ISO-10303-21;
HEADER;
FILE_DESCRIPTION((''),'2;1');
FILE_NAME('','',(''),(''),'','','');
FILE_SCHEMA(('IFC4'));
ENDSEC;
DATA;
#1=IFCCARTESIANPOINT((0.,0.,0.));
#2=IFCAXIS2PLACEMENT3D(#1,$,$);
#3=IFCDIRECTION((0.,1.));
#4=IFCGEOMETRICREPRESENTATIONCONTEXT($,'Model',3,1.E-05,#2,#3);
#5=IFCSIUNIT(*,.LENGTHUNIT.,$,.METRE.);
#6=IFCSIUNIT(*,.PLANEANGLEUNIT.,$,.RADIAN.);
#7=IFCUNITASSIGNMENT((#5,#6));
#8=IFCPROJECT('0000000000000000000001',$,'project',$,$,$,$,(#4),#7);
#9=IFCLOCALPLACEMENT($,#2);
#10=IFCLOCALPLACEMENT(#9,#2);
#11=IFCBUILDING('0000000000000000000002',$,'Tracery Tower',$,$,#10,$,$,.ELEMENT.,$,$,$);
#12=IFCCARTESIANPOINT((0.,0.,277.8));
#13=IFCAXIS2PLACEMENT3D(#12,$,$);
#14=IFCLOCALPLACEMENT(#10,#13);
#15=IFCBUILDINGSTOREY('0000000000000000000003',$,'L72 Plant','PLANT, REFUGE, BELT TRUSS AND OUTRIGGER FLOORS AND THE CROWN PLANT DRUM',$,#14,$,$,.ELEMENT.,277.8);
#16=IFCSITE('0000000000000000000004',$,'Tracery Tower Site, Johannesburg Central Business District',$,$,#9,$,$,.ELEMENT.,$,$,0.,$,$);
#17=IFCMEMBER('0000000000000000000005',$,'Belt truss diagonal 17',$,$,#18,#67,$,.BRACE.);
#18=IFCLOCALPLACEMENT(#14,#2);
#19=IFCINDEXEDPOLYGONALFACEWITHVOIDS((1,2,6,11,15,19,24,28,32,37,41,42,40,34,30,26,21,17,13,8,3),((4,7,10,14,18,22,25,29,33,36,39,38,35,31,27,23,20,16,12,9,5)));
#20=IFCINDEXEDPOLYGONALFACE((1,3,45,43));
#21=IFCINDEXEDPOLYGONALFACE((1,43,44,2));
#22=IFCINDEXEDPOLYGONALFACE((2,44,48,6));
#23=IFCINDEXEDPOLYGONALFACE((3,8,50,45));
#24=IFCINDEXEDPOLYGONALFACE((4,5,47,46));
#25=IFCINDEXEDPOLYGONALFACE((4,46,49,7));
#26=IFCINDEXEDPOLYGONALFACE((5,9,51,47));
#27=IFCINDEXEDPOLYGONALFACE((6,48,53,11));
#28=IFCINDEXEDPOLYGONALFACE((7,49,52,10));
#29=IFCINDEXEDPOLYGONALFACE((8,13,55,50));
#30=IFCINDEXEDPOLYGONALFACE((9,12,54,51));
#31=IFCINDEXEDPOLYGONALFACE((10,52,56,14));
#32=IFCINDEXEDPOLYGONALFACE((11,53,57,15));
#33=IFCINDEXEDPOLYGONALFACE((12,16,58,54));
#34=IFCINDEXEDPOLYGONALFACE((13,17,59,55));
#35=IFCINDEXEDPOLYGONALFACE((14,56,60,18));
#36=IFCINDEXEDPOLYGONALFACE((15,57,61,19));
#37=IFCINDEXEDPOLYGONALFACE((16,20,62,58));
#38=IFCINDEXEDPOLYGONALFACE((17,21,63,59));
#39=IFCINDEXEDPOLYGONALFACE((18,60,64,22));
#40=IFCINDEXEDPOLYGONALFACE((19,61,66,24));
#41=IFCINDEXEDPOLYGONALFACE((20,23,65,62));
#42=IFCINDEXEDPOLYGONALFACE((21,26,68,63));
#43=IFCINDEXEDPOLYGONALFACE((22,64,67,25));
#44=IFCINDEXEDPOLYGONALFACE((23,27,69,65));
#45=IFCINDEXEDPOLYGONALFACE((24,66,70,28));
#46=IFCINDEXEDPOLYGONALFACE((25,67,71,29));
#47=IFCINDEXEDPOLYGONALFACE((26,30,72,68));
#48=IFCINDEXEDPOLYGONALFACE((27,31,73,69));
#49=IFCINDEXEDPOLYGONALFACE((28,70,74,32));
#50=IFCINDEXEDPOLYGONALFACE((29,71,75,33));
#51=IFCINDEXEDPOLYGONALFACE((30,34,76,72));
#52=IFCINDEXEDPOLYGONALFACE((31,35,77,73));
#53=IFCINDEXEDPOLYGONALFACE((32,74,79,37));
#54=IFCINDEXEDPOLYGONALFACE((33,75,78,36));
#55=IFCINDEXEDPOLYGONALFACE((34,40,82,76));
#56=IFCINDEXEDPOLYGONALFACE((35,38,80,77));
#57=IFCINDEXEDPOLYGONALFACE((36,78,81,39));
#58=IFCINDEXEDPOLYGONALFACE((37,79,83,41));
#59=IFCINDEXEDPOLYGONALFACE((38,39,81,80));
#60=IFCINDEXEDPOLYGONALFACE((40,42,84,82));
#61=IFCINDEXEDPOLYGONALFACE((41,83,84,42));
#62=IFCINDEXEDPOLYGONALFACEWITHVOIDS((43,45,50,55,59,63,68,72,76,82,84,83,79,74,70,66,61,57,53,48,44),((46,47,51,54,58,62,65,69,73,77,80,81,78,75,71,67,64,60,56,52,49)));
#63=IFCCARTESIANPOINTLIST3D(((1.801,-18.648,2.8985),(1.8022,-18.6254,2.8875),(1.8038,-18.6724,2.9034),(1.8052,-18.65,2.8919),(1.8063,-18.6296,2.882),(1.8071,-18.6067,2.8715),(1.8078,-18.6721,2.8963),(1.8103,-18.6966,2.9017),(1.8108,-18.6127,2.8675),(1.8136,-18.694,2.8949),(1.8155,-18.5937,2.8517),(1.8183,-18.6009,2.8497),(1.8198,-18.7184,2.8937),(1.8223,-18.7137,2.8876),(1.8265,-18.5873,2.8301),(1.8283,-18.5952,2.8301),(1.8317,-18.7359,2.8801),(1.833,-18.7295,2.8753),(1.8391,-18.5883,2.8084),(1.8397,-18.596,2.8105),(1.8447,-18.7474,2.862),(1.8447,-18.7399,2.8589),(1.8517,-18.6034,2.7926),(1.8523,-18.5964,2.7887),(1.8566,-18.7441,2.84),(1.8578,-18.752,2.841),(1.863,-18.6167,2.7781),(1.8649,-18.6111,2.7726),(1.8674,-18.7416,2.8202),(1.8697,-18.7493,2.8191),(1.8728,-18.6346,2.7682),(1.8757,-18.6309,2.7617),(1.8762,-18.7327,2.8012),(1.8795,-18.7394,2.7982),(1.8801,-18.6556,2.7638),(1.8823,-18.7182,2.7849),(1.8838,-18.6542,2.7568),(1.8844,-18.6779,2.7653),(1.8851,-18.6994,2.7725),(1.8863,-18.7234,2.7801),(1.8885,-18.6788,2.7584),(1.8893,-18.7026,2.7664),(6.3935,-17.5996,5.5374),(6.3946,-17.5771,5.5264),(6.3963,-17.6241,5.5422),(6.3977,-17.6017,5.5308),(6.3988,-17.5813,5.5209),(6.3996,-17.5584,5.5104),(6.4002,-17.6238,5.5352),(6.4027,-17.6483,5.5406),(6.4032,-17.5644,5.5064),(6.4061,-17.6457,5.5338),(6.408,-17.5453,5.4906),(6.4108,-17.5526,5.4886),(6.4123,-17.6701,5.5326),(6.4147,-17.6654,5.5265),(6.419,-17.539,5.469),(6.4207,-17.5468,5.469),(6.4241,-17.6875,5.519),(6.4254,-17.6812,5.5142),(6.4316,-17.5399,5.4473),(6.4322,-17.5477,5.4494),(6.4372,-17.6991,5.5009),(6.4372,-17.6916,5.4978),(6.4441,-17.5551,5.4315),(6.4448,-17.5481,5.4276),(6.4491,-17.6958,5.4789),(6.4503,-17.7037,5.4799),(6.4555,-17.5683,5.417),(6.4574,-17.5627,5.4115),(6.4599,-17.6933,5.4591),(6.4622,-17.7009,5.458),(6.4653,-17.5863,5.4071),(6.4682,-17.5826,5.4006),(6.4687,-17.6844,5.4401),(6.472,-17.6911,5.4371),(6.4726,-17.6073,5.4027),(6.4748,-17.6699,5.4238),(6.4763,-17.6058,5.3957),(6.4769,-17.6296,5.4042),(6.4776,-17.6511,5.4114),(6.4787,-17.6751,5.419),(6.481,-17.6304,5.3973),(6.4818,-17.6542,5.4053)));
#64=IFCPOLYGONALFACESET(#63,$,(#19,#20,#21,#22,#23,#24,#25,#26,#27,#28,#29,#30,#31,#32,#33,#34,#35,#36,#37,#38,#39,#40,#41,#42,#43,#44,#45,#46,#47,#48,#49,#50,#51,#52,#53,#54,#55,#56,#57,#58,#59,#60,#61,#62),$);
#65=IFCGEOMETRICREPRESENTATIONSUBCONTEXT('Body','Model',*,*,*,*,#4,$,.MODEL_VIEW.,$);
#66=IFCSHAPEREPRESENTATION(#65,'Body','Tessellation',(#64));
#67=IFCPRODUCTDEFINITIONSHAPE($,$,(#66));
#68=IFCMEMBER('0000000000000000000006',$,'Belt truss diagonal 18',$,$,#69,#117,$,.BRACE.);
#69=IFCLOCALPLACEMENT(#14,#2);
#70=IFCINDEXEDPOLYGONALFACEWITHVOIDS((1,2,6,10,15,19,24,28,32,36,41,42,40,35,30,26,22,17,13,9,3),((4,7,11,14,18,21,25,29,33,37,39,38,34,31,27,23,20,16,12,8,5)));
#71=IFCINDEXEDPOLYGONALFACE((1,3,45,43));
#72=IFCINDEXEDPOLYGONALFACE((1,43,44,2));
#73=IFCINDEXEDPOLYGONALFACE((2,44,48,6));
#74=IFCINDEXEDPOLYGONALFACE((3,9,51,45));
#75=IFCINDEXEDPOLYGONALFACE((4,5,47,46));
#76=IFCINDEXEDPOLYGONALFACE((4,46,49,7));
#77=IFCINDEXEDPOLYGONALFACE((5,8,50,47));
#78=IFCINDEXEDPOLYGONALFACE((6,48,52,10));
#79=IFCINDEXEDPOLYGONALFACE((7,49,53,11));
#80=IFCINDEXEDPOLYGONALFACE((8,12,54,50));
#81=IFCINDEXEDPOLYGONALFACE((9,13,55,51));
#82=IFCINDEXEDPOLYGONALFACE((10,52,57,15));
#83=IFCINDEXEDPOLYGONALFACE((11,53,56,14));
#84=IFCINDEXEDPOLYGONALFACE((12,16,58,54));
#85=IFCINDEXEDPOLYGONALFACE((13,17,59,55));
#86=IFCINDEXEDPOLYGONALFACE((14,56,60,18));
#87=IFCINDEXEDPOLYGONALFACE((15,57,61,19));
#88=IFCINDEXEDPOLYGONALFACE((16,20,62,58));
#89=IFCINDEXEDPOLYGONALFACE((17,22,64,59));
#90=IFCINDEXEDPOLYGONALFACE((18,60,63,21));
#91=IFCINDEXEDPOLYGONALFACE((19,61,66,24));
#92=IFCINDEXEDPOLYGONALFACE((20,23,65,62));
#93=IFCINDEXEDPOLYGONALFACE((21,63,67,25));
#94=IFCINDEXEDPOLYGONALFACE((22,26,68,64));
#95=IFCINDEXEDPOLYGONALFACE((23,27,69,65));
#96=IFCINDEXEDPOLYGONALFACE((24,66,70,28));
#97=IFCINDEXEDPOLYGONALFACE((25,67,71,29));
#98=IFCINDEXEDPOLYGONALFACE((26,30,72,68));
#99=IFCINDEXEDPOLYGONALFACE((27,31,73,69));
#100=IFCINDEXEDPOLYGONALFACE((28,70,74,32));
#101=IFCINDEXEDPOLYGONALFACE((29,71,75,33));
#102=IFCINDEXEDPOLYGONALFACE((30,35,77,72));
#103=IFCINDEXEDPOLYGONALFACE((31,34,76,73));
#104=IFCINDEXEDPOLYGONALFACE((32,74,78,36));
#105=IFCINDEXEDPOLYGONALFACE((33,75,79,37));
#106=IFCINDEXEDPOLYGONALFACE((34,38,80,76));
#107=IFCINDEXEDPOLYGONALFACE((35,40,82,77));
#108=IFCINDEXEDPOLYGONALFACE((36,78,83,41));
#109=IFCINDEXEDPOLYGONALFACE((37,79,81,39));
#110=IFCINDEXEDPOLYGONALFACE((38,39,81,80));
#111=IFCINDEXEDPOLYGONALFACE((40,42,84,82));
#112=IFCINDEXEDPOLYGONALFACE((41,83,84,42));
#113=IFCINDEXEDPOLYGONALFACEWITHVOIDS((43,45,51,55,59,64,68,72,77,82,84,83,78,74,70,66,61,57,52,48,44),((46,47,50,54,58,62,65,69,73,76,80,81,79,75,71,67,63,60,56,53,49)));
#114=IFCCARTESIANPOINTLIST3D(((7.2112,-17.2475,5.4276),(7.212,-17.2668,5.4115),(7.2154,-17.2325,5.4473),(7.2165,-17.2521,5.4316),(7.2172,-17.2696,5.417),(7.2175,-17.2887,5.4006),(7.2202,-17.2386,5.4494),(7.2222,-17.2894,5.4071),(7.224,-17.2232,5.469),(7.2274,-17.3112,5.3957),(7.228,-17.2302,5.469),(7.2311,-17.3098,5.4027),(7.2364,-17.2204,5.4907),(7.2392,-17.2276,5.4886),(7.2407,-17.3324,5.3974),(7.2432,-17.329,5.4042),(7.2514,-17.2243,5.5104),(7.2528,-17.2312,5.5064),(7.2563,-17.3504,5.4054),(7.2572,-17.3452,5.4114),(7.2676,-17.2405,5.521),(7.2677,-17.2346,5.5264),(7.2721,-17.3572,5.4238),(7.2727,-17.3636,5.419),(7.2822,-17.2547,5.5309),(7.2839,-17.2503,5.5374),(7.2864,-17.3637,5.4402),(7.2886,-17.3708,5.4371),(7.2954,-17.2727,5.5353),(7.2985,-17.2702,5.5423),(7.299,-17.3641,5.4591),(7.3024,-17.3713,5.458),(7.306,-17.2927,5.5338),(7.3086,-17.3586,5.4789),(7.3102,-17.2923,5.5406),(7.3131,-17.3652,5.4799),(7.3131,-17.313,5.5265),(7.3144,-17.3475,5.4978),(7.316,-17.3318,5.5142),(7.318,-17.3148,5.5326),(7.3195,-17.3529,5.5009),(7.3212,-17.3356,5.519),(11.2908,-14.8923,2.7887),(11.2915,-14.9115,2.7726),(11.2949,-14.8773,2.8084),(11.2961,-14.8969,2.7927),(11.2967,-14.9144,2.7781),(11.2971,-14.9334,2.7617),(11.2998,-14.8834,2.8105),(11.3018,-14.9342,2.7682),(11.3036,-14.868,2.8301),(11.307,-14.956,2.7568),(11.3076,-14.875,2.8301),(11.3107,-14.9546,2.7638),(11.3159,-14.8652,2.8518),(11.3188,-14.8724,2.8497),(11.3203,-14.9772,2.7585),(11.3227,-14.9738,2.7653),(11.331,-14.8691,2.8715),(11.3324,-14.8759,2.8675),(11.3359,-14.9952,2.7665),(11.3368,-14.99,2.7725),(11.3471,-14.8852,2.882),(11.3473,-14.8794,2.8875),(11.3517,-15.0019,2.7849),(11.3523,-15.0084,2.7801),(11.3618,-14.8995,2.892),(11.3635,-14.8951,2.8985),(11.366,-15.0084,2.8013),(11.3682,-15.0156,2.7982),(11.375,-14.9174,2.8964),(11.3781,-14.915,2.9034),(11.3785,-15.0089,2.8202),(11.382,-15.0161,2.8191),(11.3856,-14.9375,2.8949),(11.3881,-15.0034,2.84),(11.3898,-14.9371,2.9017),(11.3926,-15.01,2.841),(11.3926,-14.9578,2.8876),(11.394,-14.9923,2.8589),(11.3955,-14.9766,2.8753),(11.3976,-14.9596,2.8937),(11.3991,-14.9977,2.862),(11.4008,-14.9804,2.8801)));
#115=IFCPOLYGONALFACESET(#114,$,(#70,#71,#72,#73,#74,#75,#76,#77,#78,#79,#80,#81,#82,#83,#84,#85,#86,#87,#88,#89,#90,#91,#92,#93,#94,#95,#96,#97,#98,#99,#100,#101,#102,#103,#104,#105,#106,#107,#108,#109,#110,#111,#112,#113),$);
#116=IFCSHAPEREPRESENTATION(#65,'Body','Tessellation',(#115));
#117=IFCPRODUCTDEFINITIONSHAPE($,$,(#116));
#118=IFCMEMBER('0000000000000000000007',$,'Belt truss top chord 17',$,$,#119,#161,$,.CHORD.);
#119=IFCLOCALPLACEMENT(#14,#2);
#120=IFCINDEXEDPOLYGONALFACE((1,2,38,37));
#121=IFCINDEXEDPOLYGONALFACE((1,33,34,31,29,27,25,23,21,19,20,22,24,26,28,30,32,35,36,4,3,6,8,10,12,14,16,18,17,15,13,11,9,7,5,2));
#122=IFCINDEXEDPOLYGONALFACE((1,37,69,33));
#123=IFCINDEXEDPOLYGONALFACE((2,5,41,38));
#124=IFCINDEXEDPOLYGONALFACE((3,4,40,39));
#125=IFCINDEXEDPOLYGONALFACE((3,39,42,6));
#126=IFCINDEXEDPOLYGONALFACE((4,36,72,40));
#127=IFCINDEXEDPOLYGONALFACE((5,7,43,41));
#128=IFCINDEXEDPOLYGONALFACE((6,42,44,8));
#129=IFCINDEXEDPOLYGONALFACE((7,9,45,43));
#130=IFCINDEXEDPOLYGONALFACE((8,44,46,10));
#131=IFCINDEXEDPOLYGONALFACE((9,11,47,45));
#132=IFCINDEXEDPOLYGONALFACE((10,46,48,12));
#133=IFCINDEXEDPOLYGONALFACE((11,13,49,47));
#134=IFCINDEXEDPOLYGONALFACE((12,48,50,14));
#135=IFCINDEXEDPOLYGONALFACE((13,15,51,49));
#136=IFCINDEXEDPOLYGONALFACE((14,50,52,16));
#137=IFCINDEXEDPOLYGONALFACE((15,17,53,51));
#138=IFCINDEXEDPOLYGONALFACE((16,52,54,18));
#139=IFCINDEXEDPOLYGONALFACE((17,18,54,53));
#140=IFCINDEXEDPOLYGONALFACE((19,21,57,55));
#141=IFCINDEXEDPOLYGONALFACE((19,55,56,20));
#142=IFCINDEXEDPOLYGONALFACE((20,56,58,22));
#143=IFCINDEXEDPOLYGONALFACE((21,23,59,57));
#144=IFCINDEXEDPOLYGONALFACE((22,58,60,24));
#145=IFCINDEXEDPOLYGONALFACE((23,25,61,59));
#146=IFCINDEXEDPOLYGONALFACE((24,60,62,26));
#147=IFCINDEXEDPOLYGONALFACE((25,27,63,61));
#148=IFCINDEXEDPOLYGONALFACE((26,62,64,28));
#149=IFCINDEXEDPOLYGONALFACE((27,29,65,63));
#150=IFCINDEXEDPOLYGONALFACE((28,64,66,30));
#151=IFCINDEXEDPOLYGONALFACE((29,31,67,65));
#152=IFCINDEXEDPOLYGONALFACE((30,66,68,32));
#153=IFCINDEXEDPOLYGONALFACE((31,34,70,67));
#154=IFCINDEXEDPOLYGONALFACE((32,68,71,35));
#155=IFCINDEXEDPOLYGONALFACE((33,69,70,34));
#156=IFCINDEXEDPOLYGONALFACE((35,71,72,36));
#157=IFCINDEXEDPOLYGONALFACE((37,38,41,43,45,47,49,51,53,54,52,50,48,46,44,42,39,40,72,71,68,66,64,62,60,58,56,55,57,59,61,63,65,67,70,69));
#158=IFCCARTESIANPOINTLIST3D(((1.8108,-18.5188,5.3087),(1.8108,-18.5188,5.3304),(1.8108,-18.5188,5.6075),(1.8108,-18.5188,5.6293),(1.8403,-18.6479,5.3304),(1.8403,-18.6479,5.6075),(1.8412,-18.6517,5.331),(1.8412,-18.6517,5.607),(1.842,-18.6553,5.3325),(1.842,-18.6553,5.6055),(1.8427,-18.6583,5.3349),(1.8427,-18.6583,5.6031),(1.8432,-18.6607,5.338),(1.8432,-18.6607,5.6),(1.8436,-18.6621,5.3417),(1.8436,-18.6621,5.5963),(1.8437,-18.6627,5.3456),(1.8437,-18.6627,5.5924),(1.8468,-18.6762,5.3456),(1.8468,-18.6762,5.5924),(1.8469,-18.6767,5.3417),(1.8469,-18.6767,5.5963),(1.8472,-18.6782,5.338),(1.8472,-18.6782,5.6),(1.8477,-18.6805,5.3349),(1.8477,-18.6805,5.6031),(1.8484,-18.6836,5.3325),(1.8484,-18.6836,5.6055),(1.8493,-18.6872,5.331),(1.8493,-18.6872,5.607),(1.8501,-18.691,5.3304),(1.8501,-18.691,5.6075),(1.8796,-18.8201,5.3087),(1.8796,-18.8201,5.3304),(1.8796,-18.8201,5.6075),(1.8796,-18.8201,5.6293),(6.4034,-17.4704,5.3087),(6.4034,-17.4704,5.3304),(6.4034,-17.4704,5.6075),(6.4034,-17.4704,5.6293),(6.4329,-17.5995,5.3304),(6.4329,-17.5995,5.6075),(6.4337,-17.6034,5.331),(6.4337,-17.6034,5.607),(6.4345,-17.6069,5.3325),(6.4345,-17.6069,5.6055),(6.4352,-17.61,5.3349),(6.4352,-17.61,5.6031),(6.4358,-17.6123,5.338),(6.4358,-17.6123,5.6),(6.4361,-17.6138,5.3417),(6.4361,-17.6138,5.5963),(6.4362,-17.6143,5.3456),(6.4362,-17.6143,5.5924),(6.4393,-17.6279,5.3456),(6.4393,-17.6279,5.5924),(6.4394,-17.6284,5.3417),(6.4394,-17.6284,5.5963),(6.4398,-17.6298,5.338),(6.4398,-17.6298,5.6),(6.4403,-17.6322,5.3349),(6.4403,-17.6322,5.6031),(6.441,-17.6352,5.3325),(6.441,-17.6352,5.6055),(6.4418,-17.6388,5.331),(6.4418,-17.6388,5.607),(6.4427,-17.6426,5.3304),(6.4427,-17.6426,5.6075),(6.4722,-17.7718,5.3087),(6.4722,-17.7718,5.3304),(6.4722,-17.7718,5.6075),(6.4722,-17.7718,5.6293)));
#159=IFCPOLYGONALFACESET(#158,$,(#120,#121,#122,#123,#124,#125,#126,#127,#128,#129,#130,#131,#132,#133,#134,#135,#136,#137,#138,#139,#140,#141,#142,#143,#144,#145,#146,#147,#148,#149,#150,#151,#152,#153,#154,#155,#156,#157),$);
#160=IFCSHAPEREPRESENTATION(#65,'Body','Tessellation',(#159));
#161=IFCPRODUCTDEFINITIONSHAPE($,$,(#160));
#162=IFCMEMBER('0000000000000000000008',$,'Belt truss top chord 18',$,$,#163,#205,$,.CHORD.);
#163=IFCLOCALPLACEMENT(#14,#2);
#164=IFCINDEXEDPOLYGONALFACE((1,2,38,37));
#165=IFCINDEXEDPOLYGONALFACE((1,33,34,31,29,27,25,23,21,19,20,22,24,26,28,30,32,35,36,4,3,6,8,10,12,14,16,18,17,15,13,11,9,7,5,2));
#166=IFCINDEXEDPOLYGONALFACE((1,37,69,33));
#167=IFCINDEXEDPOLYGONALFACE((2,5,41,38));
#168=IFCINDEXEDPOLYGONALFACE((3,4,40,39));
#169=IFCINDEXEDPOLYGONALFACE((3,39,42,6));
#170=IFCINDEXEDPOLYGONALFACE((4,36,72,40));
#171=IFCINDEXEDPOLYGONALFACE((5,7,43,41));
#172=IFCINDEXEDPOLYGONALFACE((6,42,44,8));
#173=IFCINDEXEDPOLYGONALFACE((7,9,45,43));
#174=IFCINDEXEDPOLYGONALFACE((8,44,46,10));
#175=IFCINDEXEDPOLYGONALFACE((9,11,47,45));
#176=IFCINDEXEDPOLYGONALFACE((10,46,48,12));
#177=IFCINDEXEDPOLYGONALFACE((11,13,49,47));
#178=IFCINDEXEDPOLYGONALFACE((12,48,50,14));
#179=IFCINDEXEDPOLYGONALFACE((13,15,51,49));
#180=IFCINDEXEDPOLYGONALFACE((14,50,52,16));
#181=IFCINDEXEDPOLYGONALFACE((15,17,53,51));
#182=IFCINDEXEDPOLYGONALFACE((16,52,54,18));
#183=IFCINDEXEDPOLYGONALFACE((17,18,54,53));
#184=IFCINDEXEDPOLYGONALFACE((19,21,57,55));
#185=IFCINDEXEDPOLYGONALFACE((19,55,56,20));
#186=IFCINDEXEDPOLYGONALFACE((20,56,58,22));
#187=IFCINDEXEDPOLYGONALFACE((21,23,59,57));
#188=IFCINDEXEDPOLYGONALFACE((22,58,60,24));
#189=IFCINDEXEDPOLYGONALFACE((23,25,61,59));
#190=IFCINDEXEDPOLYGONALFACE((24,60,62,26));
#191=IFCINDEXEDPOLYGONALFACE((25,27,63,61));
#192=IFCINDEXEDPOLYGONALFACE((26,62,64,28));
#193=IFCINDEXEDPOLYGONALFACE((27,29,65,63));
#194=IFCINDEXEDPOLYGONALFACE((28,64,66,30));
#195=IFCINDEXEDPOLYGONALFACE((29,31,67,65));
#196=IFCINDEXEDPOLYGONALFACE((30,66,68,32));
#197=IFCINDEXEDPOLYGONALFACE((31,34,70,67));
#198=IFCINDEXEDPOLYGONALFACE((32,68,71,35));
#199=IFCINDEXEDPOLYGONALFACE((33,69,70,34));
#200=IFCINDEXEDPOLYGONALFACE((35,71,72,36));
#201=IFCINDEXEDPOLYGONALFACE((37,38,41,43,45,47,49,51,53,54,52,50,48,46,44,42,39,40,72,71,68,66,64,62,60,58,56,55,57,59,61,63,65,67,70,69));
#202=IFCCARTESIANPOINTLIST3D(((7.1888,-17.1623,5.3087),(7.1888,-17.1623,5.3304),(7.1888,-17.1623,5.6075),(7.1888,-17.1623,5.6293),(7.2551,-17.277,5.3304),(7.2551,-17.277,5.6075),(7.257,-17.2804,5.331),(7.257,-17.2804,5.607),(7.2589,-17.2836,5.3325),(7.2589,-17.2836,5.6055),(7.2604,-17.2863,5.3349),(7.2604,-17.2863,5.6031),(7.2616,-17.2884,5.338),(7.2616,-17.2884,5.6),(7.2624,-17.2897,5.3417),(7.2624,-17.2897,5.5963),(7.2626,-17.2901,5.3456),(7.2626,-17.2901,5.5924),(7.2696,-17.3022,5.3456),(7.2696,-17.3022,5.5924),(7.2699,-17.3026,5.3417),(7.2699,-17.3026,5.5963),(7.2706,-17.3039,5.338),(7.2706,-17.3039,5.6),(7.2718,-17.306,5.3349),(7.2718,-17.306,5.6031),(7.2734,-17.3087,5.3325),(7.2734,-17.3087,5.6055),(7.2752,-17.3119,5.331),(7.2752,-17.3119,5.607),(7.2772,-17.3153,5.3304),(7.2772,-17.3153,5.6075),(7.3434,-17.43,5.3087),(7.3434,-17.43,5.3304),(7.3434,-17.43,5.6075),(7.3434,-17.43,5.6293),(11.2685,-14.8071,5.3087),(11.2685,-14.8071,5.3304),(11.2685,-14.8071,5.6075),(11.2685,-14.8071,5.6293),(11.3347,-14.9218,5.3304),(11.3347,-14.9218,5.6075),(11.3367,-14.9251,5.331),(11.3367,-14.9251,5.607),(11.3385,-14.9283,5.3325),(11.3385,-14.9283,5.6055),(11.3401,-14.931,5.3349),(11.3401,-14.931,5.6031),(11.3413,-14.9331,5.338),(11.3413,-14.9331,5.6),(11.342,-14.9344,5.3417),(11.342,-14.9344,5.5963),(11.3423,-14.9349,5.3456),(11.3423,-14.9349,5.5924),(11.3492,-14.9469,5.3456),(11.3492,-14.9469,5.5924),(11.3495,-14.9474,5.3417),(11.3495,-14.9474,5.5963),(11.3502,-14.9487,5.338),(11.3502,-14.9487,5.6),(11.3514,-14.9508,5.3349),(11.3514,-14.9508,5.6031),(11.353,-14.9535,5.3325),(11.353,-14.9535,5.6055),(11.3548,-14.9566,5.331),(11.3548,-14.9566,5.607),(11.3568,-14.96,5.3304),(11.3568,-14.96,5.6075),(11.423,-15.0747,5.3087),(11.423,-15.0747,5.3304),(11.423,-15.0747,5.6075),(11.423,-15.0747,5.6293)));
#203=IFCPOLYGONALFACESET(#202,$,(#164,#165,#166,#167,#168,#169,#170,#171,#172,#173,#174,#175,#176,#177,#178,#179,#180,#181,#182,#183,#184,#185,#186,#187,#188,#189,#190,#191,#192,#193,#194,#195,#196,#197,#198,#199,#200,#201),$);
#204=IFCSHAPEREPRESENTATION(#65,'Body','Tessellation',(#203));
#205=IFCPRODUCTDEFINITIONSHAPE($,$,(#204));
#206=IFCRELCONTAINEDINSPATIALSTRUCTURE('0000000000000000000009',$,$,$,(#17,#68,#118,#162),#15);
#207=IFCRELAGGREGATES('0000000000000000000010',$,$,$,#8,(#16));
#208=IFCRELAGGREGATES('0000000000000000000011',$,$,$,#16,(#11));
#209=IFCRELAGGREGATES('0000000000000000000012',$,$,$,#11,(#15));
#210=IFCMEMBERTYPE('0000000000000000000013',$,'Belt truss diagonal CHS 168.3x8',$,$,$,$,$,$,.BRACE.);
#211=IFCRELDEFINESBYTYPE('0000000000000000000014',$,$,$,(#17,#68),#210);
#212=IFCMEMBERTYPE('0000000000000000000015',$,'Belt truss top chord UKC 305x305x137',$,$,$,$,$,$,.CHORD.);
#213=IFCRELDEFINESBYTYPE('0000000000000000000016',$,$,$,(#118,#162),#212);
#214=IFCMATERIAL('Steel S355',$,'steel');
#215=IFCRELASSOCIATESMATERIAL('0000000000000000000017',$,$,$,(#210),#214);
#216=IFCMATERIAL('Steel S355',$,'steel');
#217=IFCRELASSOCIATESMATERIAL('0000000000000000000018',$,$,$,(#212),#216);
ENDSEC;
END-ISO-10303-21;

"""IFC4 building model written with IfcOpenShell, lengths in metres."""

from ifc_helpers import new_model, si_unit, direction, frame, origin, origin_2d, place, context, subcontext, project, spatial, hollow_circle, i_section, extrude, material, material_profile, profile_set, type_object, element, save


model = new_model("IFC4")

# Units and contexts
model_context = context("Model", 3, precision=1e-05, world=origin(), true_north=direction((0.0, 1.0)))
body_context = subcontext(model_context, "Body", "Model", "MODEL_VIEW")
ifc_project = project(units=[si_unit("LENGTHUNIT", "METRE"), si_unit("PLANEANGLEUNIT", "RADIAN")], contexts=[model_context])

# Site, building, storey
site_placement = place(None, origin())
site = spatial("IfcSite", under=ifc_project, at=site_placement, Name="Tracery Tower Site, Johannesburg Central Business District", CompositionType="ELEMENT", RefElevation=0.0)
building_placement = place(site_placement, origin())
building = spatial("IfcBuilding", under=site, at=building_placement, Name="Tracery Tower", CompositionType="ELEMENT")
storey_placement = place(building_placement, frame((0.0, 0.0, 277.8)))
storey = spatial("IfcBuildingStorey", under=building, at=storey_placement, Name="L72 Plant", Description="PLANT, REFUGE, BELT TRUSS AND OUTRIGGER FLOORS AND THE CROWN PLANT DRUM", CompositionType="ELEMENT", Elevation=277.8)

# Members
ifc_material_1 = material(Name="Steel S355", Category="steel")
ifc_material_profile_1 = material_profile(ifc_material_1, hollow_circle(Radius=0.0842, WallThickness=0.0081, at=origin_2d()), Name="CHS 168.3x8")
ifc_profile_set_1 = profile_set([ifc_material_profile_1], Name="Steel S355")
member_type_1 = type_object("IfcMemberType", Name="Belt truss diagonal CHS 168.3x8", PredefinedType="BRACE", material=ifc_profile_set_1)
for number, where, z_axis, x_axis, name in (
    (1, (1.8452, -18.6694, 2.8301), (0.850553, 0.194156, 0.488737), (-0.222546, 0.974922, 0.0), "Belt truss diagonal 17"),
    (2, (7.2661, -17.2961, 5.469), (0.755557, 0.436197, -0.488738), (-0.49998, 0.866037, 0.0), "Belt truss diagonal 18"),
):
    element("IfcMember", number, at=place(storey_placement, frame(where, z_axis=z_axis, x_axis=x_axis)), inside=storey, type_object=member_type_1, Name=name, PredefinedType="BRACE", context=body_context, shape_type="SweptSolid", body=[
        extrude(hollow_circle(Radius=0.0842, WallThickness=0.0081, at=origin_2d()), origin(), (0.0, 0.0, 1.0), 5.3994),
    ])
ifc_material_2 = material(Name="Steel S355", Category="steel")
ifc_material_profile_2 = material_profile(ifc_material_2, i_section(OverallWidth=0.3091, OverallDepth=0.3206, WebThickness=0.0139, FlangeThickness=0.0217, FilletRadius=0.0151, at=origin_2d()), Name="UKC 305x305x137")
ifc_profile_set_2 = profile_set([ifc_material_profile_2], Name="Steel S355")
member_type_2 = type_object("IfcMemberType", Name="Belt truss top chord UKC 305x305x137", PredefinedType="CHORD", material=ifc_profile_set_2)
for number, where, z_axis, x_axis, name in (
    (3, (1.8452, -18.6694, 5.469), (0.974922, 0.222546, 0.0), (-0.222546, 0.974922, 0.0), "Belt truss top chord 17"),
    (4, (7.2661, -17.2961, 5.469), (0.866037, 0.49998, 0.0), (-0.49998, 0.866037, 0.0), "Belt truss top chord 18"),
):
    element("IfcMember", number, at=place(storey_placement, frame(where, z_axis=z_axis, x_axis=x_axis)), inside=storey, type_object=member_type_2, Name=name, PredefinedType="CHORD", context=body_context, shape_type="SweptSolid", body=[
        extrude(i_section(OverallWidth=0.3091, OverallDepth=0.3206, WebThickness=0.0139, FlangeThickness=0.0217, FilletRadius=0.0151, at=origin_2d()), origin(), (0.0, 0.0, 1.0), 4.7107),
    ])

save(model, "model.ifc")
